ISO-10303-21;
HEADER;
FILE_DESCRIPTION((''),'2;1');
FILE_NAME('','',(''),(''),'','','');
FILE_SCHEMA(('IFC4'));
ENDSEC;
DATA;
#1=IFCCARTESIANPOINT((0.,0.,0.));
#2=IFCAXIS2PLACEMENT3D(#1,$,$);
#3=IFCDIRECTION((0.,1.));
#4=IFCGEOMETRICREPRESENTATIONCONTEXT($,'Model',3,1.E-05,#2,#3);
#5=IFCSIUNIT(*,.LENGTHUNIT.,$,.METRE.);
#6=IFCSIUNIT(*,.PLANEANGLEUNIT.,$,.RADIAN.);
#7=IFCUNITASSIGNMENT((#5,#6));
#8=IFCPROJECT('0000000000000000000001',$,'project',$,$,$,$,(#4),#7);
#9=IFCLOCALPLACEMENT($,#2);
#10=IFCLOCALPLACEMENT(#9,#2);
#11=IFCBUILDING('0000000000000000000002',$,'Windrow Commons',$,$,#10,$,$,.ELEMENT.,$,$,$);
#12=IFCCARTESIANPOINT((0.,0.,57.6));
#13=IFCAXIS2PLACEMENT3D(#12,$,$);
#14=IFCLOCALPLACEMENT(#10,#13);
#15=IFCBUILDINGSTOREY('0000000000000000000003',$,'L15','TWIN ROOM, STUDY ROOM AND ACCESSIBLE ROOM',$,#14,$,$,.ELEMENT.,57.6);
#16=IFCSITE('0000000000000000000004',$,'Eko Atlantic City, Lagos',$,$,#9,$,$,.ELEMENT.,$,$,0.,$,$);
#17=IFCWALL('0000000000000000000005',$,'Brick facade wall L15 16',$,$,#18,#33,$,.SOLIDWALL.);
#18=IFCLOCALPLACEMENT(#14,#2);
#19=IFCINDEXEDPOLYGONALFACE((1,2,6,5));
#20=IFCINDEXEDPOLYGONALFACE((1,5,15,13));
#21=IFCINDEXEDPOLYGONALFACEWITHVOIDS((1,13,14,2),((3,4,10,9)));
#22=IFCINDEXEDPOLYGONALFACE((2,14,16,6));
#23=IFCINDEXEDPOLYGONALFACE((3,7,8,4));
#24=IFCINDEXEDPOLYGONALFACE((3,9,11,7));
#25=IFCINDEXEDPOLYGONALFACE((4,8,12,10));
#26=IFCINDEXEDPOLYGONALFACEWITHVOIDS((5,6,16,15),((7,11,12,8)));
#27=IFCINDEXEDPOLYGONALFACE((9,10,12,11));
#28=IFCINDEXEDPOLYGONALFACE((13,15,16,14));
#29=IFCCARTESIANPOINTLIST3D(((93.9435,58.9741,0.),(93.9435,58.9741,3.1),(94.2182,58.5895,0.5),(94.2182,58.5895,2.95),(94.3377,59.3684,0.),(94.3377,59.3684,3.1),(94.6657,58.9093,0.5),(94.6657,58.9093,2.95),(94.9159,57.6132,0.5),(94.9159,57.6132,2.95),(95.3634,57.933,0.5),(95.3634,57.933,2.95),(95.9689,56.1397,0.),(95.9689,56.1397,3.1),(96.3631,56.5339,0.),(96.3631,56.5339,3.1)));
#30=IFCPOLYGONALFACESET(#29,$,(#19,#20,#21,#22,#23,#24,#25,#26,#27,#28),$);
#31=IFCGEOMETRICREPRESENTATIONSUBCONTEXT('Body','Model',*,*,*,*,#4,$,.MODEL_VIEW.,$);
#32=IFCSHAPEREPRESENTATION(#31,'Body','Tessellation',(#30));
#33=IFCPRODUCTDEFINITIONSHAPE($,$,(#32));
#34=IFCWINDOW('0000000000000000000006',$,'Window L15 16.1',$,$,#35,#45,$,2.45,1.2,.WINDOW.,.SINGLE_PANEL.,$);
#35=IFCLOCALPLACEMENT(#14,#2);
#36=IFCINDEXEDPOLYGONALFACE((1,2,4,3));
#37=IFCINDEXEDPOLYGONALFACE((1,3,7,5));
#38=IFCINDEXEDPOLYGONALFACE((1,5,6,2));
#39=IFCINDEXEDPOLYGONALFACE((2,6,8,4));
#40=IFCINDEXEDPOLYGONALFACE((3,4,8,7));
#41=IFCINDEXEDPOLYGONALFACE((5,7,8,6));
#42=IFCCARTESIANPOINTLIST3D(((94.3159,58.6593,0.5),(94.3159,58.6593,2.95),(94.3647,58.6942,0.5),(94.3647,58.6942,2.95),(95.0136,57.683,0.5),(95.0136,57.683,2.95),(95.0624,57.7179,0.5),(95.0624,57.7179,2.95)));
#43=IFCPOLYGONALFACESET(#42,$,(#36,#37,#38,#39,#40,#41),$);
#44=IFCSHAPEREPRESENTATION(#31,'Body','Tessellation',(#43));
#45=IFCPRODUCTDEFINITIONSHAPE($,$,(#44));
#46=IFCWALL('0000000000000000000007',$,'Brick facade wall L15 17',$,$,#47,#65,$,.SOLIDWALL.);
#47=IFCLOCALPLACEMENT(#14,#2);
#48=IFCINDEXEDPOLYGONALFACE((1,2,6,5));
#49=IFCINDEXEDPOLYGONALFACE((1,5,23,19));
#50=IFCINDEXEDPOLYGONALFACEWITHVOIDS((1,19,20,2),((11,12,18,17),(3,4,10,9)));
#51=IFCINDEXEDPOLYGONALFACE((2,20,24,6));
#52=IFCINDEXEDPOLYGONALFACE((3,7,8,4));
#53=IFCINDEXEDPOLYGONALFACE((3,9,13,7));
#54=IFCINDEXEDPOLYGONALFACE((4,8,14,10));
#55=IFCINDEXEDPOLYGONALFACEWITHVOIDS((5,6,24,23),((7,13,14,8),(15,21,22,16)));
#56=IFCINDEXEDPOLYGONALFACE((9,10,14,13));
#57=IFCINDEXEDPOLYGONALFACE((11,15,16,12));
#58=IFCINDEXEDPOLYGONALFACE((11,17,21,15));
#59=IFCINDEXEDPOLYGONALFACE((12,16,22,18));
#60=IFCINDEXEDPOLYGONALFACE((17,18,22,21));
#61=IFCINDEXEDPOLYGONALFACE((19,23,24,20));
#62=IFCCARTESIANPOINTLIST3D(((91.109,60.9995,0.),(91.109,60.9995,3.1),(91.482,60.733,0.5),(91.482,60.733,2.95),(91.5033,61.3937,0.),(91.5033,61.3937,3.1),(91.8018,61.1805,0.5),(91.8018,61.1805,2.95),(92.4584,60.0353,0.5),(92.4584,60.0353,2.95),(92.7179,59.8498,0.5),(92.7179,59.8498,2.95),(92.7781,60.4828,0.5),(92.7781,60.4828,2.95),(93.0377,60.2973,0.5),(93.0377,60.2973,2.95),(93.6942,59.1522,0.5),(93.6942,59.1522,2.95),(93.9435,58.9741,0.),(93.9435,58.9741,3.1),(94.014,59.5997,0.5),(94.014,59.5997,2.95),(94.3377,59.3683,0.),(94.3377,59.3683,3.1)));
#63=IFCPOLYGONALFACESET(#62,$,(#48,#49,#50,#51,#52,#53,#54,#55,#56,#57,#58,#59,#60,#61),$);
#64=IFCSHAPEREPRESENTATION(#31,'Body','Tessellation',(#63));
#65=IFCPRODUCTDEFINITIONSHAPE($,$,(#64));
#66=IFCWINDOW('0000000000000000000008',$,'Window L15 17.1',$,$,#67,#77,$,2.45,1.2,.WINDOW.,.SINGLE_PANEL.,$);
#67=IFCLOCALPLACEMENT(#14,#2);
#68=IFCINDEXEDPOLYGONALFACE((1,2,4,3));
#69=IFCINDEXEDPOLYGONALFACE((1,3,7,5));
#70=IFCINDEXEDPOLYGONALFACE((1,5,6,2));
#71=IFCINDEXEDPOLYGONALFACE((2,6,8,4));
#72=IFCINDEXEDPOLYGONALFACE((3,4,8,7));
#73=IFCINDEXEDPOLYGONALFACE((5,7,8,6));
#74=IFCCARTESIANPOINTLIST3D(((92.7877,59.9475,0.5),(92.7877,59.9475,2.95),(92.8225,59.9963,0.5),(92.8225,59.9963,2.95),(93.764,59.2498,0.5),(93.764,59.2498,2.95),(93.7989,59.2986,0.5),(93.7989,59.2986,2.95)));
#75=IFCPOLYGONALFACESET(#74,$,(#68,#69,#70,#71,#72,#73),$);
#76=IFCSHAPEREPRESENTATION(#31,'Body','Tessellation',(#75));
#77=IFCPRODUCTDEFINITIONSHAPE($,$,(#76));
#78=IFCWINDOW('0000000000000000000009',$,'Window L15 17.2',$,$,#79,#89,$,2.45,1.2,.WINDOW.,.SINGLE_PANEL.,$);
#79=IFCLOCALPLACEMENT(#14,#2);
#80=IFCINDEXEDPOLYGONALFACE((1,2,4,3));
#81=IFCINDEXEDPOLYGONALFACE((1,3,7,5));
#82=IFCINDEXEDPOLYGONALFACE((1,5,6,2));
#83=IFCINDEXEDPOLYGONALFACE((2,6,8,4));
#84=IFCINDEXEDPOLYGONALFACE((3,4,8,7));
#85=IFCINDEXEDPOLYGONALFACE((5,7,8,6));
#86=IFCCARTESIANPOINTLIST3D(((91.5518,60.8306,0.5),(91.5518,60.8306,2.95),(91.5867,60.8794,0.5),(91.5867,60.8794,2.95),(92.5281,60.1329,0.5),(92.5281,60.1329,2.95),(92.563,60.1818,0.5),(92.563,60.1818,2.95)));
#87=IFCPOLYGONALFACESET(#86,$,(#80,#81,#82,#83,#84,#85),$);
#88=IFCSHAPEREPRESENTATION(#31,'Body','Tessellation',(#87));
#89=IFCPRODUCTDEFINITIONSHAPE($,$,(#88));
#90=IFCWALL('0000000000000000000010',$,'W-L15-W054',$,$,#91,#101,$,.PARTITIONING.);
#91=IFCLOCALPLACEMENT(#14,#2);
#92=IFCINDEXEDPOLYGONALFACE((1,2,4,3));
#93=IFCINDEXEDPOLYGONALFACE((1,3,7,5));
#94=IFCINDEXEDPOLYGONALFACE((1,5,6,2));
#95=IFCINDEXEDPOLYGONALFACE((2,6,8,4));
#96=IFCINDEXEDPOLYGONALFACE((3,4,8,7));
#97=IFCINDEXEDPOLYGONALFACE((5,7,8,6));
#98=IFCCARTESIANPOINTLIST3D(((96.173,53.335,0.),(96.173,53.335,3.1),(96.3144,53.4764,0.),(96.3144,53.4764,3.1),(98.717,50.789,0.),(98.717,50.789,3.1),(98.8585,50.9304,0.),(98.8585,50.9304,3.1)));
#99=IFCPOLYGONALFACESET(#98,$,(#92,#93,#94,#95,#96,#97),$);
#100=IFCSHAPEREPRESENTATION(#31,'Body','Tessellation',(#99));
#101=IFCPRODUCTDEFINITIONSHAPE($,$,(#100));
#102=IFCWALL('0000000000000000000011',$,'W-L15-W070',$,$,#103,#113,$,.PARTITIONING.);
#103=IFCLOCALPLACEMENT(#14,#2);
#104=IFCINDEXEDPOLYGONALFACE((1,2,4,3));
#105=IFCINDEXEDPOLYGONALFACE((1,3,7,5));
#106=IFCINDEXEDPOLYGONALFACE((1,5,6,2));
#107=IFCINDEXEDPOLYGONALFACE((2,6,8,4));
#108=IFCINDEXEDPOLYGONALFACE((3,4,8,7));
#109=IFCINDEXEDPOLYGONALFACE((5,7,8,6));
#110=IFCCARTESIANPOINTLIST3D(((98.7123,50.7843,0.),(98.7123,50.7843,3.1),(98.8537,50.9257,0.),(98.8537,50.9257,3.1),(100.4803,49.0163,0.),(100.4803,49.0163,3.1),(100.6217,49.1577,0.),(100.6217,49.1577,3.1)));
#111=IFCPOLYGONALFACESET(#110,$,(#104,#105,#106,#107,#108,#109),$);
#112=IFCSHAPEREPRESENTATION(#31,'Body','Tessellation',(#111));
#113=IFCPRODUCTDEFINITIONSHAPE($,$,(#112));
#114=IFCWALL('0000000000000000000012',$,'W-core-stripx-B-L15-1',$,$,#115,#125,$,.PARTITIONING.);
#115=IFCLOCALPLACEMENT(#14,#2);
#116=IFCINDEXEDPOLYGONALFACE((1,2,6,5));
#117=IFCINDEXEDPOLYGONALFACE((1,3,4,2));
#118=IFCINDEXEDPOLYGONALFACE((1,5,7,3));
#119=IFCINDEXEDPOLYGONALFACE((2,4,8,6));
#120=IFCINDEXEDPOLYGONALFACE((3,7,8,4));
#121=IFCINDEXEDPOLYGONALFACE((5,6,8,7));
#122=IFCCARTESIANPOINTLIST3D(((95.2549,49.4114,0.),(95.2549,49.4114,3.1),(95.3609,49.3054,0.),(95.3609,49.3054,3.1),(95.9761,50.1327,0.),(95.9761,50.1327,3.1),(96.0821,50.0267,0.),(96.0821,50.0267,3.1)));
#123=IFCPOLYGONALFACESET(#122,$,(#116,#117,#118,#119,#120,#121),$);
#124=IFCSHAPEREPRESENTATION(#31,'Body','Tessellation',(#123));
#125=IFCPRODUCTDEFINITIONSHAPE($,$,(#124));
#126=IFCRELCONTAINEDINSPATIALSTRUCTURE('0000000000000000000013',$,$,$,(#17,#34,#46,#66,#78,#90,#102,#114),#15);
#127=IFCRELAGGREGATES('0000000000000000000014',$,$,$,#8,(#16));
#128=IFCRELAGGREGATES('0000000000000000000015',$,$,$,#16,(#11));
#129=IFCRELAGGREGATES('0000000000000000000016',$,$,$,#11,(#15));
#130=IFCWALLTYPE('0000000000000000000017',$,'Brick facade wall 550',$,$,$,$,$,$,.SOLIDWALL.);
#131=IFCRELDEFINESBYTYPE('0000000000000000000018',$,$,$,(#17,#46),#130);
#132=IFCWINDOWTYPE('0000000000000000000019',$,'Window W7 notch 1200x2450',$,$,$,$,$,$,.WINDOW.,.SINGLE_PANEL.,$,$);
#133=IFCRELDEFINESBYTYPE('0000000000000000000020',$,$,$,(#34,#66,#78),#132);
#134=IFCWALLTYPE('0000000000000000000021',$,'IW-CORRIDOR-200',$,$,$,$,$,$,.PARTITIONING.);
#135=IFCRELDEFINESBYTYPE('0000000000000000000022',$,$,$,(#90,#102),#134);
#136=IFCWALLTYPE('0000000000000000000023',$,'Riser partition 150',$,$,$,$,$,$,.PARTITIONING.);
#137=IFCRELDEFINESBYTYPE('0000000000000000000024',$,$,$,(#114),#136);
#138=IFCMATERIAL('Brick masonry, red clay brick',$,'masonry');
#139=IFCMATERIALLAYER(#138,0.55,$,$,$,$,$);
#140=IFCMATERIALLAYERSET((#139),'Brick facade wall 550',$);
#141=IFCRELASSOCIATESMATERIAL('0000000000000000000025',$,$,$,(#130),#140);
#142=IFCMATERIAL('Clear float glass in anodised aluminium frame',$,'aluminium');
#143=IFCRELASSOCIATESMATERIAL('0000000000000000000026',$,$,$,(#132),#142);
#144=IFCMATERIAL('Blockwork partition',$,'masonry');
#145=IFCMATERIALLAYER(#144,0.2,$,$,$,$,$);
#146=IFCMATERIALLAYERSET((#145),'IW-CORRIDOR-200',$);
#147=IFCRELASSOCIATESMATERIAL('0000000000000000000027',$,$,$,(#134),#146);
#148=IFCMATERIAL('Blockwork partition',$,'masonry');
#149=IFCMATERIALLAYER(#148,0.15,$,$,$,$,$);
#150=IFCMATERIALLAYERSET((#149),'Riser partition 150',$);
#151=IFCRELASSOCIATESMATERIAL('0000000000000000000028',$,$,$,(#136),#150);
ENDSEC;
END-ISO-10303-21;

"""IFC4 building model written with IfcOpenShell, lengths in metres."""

from ifc_helpers import new_model, si_unit, direction, frame, frame_2d, origin, place, context, subcontext, project, spatial, polyline, rectangle, outline, extrude, material, layer, layer_set, type_object, element, fill, save


model = new_model("IFC4")

# Units and contexts
model_context = context("Model", 3, precision=1e-05, world=origin(), true_north=direction((0.0, 1.0)))
body_context = subcontext(model_context, "Body", "Model", "MODEL_VIEW")
ifc_project = project(units=[si_unit("LENGTHUNIT", "METRE"), si_unit("PLANEANGLEUNIT", "RADIAN")], contexts=[model_context])

# Site, building, storey
site_placement = place(None, origin())
site = spatial("IfcSite", under=ifc_project, at=site_placement, Name="Eko Atlantic City, Lagos", CompositionType="ELEMENT", RefElevation=0.0)
building_placement = place(site_placement, origin())
building = spatial("IfcBuilding", under=site, at=building_placement, Name="Windrow Commons", CompositionType="ELEMENT")
storey_placement = place(building_placement, frame((0.0, 0.0, 57.6)))
storey = spatial("IfcBuildingStorey", under=building, at=storey_placement, Name="L15", Description="TWIN ROOM, STUDY ROOM AND ACCESSIBLE ROOM", CompositionType="ELEMENT", Elevation=57.6)

# Wall, opening, window
ifc_material_1 = material(Name="Brick masonry, red clay brick", Category="masonry")
ifc_layer_1 = layer(ifc_material_1, 0.55)
ifc_layer_set_1 = layer_set([ifc_layer_1], Name="Brick facade wall 550")
wall_type_1 = type_object("IfcWallType", Name="Brick facade wall 550", PredefinedType="SOLIDWALL", material=ifc_layer_set_1)
ifc_material_2 = material(Name="Clear float glass in anodised aluminium frame", Category="aluminium")
window_type = type_object("IfcWindowType", Name="Window W7 notch 1200x2450", PartitioningType="SINGLE_PANEL", PredefinedType="WINDOW", material=ifc_material_2)
wall_1_placement = place(storey_placement, frame((96.166, 56.3368, 0.0), z_axis=(0.0, 0.0, 1.0), x_axis=(-0.581396, 0.813621, 0.0)))
wall_1 = element("IfcWall", 1, at=wall_1_placement, inside=storey, type_object=wall_type_1, Name="Brick facade wall L15 16", PredefinedType="SOLIDWALL", context=body_context, shape_type="SweptSolid", body=[
    extrude(outline(polyline([(0.0458, -0.275), (3.5295, -0.275), (3.4379, 0.275), (-0.0458, 0.275), (0.0458, -0.275)])), origin(), (0.0, 0.0, 1.0), 3.1),
])
opening_1_placement = place(wall_1_placement, frame((1.7653, 0.0, 0.5)))
opening_1 = element("IfcOpeningElement", 2, at=opening_1_placement, cuts=wall_1, PredefinedType="OPENING", context=body_context, shape_type="SweptSolid", body=[
    extrude(rectangle(XDim=1.2, YDim=2.45, at=frame_2d((0.6, 1.225))), frame((0.0, 0.285, 0.0), z_axis=(0.0, -1.0, 0.0), x_axis=(1.0, 0.0, 0.0)), (0.0, 0.0, 1.0), 0.57),
])
window_1_placement = place(opening_1_placement, origin())
window_1 = element("IfcWindow", 3, at=window_1_placement, inside=storey, type_object=window_type, Name="Window L15 16.1", OverallHeight=2.45, OverallWidth=1.2, PartitioningType="SINGLE_PANEL", PredefinedType="WINDOW", context=body_context, shape_type="SweptSolid", body=[
    extrude(rectangle(XDim=1.2, YDim=2.45, at=frame_2d((0.6, 1.225))), frame((0.0, 0.155, 0.0), z_axis=(0.0, -1.0, 0.0), x_axis=(1.0, 0.0, 0.0)), (0.0, 0.0, 1.0), 0.06),
])
fill(opening_1, window_1)

# Wall, openings, windows
wall_2_placement = place(storey_placement, frame((94.1406, 59.1712, 0.0), z_axis=(0.0, 0.0, 1.0), x_axis=(-0.813621, 0.581396, 0.0)))
wall_2 = element("IfcWall", 4, at=wall_2_placement, inside=storey, type_object=wall_type_1, Name="Brick facade wall L15 17", PredefinedType="SOLIDWALL", context=body_context, shape_type="SweptSolid", body=[
    extrude(outline(polyline([(-0.0458, -0.275), (3.4379, -0.275), (3.5295, 0.275), (0.0458, 0.275), (-0.0458, -0.275)])), origin(), (0.0, 0.0, 1.0), 3.1),
])
opening_2_placement = place(wall_2_placement, frame((0.3521, 0.0, 0.5)))
opening_2 = element("IfcOpeningElement", 5, at=opening_2_placement, cuts=wall_2, PredefinedType="OPENING", context=body_context, shape_type="SweptSolid", body=[
    extrude(rectangle(XDim=1.2, YDim=2.45, at=frame_2d((0.6, 1.225))), frame((0.0, 0.285, 0.0), z_axis=(0.0, -1.0, 0.0), x_axis=(1.0, 0.0, 0.0)), (0.0, 0.0, 1.0), 0.57),
])
opening_3_placement = place(wall_2_placement, frame((1.8711, 0.0, 0.5)))
opening_3 = element("IfcOpeningElement", 6, at=opening_3_placement, cuts=wall_2, PredefinedType="OPENING", context=body_context, shape_type="SweptSolid", body=[
    extrude(rectangle(XDim=1.2, YDim=2.45, at=frame_2d((0.6, 1.225))), frame((0.0, 0.285, 0.0), z_axis=(0.0, -1.0, 0.0), x_axis=(1.0, 0.0, 0.0)), (0.0, 0.0, 1.0), 0.57),
])
window_2_placement = place(opening_2_placement, origin())
window_2 = element("IfcWindow", 7, at=window_2_placement, inside=storey, type_object=window_type, Name="Window L15 17.1", OverallHeight=2.45, OverallWidth=1.2, PartitioningType="SINGLE_PANEL", PredefinedType="WINDOW", context=body_context, shape_type="SweptSolid", body=[
    extrude(rectangle(XDim=1.2, YDim=2.45, at=frame_2d((0.6, 1.225))), frame((0.0, 0.155, 0.0), z_axis=(0.0, -1.0, 0.0), x_axis=(1.0, 0.0, 0.0)), (0.0, 0.0, 1.0), 0.06),
])
fill(opening_2, window_2)
window_3_placement = place(opening_3_placement, origin())
window_3 = element("IfcWindow", 8, at=window_3_placement, inside=storey, type_object=window_type, Name="Window L15 17.2", OverallHeight=2.45, OverallWidth=1.2, PartitioningType="SINGLE_PANEL", PredefinedType="WINDOW", context=body_context, shape_type="SweptSolid", body=[
    extrude(rectangle(XDim=1.2, YDim=2.45, at=frame_2d((0.6, 1.225))), frame((0.0, 0.155, 0.0), z_axis=(0.0, -1.0, 0.0), x_axis=(1.0, 0.0, 0.0)), (0.0, 0.0, 1.0), 0.06),
])
fill(opening_3, window_3)

# Walls
ifc_material_3 = material(Name="Blockwork partition", Category="masonry")
ifc_layer_2 = layer(ifc_material_3, 0.2)
ifc_layer_set_2 = layer_set([ifc_layer_2], Name="IW-CORRIDOR-200")
wall_type_2 = type_object("IfcWallType", Name="IW-CORRIDOR-200", PredefinedType="PARTITIONING", material=ifc_layer_set_2)
wall_3_placement = place(storey_placement, frame((96.2437, 53.4057, 0.0), z_axis=(0.0, 0.0, 1.0), x_axis=(0.706829, -0.707385, 0.0)))
element("IfcWall", 9, at=wall_3_placement, inside=storey, type_object=wall_type_2, Name="W-L15-W054", PredefinedType="PARTITIONING", context=body_context, shape_type="SweptSolid", body=[
    extrude(rectangle(XDim=3.5992, YDim=0.2, at=frame_2d((1.7996, 0.0))), origin(), (0.0, 0.0, 1.0), 3.1),
])
wall_4_placement = place(storey_placement, frame((98.783, 50.855, 0.0), z_axis=(0.0, 0.0, 1.0), x_axis=(0.707107, -0.707107, 0.0)))
element("IfcWall", 10, at=wall_4_placement, inside=storey, type_object=wall_type_2, Name="W-L15-W070", PredefinedType="PARTITIONING", context=body_context, shape_type="SweptSolid", body=[
    extrude(rectangle(XDim=2.5003, YDim=0.2, at=frame_2d((1.2502, 0.0))), origin(), (0.0, 0.0, 1.0), 3.1),
])
ifc_material_4 = material(Name="Blockwork partition", Category="masonry")
ifc_layer_3 = layer(ifc_material_4, 0.15)
ifc_layer_set_3 = layer_set([ifc_layer_3], Name="Riser partition 150")
wall_type_3 = type_object("IfcWallType", Name="Riser partition 150", PredefinedType="PARTITIONING", material=ifc_layer_set_3)
wall_5_placement = place(storey_placement, frame((95.3079, 49.3584, 0.0), z_axis=(0.0, 0.0, 1.0), x_axis=(0.707058, 0.707156, 0.0)))
element("IfcWall", 11, at=wall_5_placement, inside=storey, type_object=wall_type_3, Name="W-core-stripx-B-L15-1", PredefinedType="PARTITIONING", context=body_context, shape_type="SweptSolid", body=[
    extrude(rectangle(XDim=1.02, YDim=0.15, at=frame_2d((0.51, 0.0))), origin(), (0.0, 0.0, 1.0), 3.1),
])

save(model, "model.ifc")
